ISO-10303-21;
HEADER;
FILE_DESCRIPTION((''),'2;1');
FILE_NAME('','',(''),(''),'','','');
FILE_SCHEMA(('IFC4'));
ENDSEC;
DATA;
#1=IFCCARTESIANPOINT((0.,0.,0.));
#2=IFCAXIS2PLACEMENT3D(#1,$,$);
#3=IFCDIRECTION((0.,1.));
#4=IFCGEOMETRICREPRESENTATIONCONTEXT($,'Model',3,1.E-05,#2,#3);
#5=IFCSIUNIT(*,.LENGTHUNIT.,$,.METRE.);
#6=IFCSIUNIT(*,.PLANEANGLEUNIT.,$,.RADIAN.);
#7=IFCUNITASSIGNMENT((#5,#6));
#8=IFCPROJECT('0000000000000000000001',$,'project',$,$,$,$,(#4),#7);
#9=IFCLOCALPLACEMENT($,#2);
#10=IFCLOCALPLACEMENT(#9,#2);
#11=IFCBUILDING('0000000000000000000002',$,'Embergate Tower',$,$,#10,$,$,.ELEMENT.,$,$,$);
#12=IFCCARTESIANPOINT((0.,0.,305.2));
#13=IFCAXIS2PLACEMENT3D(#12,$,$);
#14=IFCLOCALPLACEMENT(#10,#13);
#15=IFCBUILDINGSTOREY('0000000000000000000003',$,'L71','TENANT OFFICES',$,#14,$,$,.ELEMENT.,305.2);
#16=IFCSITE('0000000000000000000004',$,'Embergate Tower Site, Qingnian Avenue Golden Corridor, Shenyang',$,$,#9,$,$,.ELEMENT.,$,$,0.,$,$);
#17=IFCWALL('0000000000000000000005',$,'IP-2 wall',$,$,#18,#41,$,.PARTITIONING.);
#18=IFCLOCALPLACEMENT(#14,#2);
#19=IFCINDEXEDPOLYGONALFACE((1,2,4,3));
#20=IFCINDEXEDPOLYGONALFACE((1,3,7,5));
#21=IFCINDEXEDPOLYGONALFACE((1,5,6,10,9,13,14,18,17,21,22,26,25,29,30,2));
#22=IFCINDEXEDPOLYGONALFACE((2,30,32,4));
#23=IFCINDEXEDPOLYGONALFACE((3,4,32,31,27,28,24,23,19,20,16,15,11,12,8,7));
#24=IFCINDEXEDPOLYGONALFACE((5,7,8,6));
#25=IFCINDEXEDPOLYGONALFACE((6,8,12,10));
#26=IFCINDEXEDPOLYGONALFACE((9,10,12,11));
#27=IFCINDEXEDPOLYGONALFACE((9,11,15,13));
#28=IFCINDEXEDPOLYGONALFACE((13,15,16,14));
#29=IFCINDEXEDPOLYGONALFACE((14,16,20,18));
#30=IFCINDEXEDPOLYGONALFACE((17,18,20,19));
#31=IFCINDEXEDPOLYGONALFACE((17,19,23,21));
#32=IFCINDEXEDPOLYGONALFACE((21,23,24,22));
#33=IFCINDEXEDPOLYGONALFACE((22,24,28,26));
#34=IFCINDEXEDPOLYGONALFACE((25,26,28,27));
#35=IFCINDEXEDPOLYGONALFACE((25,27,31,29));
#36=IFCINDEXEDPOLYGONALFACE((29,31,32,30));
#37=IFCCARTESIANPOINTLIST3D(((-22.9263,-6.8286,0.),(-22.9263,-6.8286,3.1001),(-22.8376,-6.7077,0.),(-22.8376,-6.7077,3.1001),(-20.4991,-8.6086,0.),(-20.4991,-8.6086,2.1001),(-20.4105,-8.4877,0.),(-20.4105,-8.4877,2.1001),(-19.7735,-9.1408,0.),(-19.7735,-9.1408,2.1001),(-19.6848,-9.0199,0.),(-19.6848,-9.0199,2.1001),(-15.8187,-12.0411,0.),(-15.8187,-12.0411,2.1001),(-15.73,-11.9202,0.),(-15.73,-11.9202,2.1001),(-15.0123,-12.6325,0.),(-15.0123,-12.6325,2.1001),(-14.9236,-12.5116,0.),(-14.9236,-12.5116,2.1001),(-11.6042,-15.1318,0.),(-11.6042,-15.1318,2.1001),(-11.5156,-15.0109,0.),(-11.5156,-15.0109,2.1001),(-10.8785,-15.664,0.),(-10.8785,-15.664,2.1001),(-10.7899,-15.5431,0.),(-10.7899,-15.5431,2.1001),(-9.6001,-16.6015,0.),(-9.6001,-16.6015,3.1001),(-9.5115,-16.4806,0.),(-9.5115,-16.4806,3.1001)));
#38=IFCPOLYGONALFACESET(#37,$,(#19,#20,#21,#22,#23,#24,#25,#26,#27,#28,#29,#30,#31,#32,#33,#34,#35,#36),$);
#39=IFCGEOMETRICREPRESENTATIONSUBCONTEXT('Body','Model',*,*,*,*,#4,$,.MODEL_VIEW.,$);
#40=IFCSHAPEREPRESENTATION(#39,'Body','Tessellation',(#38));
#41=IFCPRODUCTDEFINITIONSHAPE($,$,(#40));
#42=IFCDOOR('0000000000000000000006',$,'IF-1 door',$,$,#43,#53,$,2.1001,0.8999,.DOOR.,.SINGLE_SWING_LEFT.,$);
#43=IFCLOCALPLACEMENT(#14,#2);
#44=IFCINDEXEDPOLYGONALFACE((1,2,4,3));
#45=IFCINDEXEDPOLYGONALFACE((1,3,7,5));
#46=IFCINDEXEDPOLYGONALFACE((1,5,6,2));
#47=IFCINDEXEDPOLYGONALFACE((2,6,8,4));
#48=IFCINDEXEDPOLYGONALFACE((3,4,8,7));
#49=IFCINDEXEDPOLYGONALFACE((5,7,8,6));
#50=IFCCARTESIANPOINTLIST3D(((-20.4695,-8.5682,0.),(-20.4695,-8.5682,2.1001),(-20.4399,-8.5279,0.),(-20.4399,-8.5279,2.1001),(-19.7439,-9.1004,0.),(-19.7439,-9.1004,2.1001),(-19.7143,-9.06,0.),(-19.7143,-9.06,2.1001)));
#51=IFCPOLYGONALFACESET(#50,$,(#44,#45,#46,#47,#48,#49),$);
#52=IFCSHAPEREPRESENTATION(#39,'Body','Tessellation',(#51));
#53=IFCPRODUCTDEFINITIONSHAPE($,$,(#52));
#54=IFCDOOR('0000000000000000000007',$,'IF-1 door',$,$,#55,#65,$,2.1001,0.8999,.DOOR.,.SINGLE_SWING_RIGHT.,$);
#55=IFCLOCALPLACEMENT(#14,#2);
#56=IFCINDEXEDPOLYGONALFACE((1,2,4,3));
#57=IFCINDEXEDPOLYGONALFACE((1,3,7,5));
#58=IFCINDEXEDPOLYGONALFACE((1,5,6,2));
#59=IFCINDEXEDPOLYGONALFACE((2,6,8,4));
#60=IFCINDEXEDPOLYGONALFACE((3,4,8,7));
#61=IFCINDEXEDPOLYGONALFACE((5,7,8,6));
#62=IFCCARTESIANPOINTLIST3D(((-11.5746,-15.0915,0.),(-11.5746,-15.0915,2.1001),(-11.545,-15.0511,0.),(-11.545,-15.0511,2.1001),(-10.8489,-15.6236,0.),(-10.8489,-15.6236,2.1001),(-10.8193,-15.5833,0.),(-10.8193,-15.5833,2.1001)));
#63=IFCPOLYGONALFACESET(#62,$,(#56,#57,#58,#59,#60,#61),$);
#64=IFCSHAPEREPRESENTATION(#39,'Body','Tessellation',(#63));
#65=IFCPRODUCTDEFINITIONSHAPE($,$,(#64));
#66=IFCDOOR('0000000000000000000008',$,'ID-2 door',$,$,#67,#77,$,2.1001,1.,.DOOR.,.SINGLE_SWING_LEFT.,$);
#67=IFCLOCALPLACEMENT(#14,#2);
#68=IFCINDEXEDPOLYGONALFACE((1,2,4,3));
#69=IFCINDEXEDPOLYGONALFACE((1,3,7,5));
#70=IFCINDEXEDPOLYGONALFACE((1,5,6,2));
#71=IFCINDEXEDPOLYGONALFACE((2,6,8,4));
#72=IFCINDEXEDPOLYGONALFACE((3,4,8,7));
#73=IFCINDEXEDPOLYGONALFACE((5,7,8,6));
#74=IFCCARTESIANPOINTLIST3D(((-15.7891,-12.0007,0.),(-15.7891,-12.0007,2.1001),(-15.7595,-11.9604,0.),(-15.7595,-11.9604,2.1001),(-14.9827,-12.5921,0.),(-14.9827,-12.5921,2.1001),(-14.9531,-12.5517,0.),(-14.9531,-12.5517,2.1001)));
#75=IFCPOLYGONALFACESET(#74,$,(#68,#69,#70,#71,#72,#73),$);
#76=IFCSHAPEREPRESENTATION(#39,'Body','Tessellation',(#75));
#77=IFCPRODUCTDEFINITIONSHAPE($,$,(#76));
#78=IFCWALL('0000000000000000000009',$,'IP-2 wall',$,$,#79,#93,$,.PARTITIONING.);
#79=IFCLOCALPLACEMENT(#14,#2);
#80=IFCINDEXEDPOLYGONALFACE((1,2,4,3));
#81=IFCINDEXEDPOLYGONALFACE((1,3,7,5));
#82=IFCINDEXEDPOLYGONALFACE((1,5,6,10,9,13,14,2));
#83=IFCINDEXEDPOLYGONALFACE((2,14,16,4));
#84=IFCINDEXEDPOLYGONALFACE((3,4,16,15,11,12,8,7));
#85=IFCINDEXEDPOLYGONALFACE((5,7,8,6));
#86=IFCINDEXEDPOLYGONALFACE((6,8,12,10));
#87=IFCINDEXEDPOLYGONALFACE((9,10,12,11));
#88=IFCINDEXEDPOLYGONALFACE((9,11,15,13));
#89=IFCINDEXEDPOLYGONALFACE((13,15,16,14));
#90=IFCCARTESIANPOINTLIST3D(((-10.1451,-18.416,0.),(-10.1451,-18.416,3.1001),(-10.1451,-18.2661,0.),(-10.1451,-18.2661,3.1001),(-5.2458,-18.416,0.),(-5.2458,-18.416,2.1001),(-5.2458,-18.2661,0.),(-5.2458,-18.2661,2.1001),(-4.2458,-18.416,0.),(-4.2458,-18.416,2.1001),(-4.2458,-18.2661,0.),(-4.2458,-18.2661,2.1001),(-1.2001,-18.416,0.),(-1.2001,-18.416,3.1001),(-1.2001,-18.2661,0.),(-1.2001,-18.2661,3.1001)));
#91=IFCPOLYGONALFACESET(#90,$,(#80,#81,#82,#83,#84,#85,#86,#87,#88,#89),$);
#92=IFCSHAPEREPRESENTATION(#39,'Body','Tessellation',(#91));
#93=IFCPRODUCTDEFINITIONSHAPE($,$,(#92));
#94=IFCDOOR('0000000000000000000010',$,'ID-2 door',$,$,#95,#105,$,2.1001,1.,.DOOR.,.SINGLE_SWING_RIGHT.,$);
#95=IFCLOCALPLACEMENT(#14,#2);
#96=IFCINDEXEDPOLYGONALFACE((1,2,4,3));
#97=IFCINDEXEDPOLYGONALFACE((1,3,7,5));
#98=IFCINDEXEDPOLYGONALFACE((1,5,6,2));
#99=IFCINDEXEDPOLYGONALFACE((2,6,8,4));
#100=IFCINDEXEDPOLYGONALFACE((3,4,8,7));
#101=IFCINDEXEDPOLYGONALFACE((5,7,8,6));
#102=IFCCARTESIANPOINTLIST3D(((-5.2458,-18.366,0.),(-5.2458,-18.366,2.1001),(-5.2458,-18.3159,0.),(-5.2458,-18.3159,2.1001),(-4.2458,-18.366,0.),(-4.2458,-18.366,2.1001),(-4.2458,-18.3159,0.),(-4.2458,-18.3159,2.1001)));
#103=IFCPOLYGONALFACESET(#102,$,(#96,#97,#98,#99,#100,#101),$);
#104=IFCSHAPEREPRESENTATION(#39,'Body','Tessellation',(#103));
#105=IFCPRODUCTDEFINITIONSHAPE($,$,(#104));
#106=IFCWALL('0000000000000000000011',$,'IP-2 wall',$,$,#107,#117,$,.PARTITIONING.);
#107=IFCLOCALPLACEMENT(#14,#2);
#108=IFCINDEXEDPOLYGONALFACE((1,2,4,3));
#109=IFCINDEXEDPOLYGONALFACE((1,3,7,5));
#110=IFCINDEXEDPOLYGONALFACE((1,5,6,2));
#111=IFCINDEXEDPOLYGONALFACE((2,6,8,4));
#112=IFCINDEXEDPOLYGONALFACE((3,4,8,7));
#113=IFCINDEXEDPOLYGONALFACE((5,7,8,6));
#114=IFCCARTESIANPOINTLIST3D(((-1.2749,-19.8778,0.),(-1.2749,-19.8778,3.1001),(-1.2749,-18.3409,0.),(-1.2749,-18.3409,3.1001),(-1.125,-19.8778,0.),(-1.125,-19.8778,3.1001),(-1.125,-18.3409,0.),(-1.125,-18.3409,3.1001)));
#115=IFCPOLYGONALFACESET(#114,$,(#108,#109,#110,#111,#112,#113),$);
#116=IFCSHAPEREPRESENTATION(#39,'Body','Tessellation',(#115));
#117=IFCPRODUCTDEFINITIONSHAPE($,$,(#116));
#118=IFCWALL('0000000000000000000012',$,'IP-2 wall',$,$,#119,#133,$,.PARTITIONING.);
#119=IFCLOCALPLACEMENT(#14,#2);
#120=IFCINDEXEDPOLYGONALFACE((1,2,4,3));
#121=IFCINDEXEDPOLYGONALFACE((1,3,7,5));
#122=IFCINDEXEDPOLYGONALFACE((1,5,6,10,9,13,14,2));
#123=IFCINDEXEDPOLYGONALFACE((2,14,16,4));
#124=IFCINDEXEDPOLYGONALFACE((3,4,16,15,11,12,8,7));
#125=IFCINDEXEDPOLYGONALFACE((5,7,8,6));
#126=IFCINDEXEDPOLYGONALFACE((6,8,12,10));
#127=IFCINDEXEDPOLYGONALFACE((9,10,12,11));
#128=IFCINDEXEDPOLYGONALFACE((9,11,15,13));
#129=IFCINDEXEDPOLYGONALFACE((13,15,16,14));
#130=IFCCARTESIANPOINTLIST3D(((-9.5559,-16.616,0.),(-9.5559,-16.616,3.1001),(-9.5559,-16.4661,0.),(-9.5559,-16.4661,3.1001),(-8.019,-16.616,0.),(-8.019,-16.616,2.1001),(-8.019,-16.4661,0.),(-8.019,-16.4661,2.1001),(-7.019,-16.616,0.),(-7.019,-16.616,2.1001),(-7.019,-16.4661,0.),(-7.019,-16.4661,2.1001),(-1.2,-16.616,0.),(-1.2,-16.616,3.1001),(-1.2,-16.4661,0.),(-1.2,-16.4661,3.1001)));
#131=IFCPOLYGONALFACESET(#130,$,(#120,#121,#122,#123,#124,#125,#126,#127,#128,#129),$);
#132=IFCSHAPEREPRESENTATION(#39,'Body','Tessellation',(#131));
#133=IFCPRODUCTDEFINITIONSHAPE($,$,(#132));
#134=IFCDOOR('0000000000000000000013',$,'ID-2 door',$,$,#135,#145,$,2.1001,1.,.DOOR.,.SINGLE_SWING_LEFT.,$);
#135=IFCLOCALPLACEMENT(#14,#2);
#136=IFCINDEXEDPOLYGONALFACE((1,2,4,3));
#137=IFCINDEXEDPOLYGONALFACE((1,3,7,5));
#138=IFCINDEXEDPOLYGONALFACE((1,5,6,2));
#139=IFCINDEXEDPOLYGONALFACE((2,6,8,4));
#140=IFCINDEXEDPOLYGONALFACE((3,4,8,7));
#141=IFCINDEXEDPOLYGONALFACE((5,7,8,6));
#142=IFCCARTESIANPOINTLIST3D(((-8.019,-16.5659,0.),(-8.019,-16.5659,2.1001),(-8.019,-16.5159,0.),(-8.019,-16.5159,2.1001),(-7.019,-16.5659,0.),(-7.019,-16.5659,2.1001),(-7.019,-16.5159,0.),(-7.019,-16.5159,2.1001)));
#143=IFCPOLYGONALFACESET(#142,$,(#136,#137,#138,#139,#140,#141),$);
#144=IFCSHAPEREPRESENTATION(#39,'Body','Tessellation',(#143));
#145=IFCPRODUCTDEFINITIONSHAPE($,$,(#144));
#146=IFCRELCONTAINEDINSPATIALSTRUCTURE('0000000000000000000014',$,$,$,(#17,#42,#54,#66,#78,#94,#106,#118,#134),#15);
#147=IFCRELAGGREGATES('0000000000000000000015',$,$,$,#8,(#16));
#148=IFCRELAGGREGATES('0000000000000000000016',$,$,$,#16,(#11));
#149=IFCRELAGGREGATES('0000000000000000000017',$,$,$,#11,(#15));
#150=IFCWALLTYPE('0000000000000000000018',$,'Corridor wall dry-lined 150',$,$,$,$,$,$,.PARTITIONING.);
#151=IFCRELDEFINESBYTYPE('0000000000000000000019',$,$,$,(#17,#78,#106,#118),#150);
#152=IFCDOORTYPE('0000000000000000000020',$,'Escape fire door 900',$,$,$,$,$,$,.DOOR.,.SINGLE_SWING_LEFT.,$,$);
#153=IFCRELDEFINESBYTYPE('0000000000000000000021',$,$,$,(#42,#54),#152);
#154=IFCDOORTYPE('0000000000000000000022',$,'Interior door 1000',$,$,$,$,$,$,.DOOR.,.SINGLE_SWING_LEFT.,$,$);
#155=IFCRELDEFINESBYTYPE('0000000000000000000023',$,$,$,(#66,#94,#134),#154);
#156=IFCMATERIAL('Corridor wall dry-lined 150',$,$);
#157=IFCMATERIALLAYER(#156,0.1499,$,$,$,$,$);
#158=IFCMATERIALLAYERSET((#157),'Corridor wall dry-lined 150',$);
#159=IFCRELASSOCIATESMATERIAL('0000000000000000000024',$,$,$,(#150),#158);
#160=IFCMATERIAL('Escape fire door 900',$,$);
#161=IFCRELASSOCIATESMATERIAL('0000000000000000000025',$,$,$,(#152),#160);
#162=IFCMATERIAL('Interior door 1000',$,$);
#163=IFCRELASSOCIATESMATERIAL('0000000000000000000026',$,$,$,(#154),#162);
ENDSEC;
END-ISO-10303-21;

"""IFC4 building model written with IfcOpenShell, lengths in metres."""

from ifc_helpers import new_model, si_unit, direction, frame, frame_2d, origin, place, context, subcontext, project, spatial, rectangle, extrude, source, transform, mapped, material, layer, layer_set, type_object, element, fill, save


model = new_model("IFC4")

# Units and contexts
model_context = context("Model", 3, precision=1e-05, world=origin(), true_north=direction((0.0, 1.0)))
body_context = subcontext(model_context, "Body", "Model", "MODEL_VIEW")
ifc_project = project(units=[si_unit("LENGTHUNIT", "METRE"), si_unit("PLANEANGLEUNIT", "RADIAN")], contexts=[model_context])

# Site, building, storey
site_placement = place(None, origin())
site = spatial("IfcSite", under=ifc_project, at=site_placement, Name="Embergate Tower Site, Qingnian Avenue Golden Corridor, Shenyang", CompositionType="ELEMENT", RefElevation=0.0)
building_placement = place(site_placement, origin())
building = spatial("IfcBuilding", under=site, at=building_placement, Name="Embergate Tower", CompositionType="ELEMENT")
storey_placement = place(building_placement, frame((0.0, 0.0, 305.2)))
storey = spatial("IfcBuildingStorey", under=building, at=storey_placement, Name="L71", Description="TENANT OFFICES", CompositionType="ELEMENT", Elevation=305.2)

# Wall, openings, doors
ifc_material_1 = material(Name="Corridor wall dry-lined 150")
ifc_layer_1 = layer(ifc_material_1, 0.1499)
ifc_layer_set_1 = layer_set([ifc_layer_1], Name="Corridor wall dry-lined 150")
wall_type_1 = type_object("IfcWallType", Name="Corridor wall dry-lined 150", PredefinedType="PARTITIONING", material=ifc_layer_set_1)
shared_shape_1 = source(origin(), body_context, "Body", "SweptSolid", [
    extrude(rectangle(XDim=0.8999, YDim=2.1001, at=frame_2d((0.45, 1.05))), frame((0.0, 0.085, 0.0), z_axis=(0.0, -1.0, 0.0), x_axis=(1.0, 0.0, 0.0)), (0.0, 0.0, 1.0), 0.1699),
])
shared_shape_2 = source(origin(), body_context, "Body", "SweptSolid", [
    extrude(rectangle(XDim=1.0, YDim=2.1001, at=frame_2d((0.5, 1.05))), frame((0.0, 0.085, 0.0), z_axis=(0.0, -1.0, 0.0), x_axis=(1.0, 0.0, 0.0)), (0.0, 0.0, 1.0), 0.1699),
])
ifc_material_2 = material(Name="Escape fire door 900")
door_type_1 = type_object("IfcDoorType", Name="Escape fire door 900", OperationType="SINGLE_SWING_LEFT", PredefinedType="DOOR", material=ifc_material_2)
shared_shape_3 = source(origin(), body_context, "Body", "SweptSolid", [
    extrude(rectangle(XDim=0.8999, YDim=2.1001, at=frame_2d((0.45, 1.05))), frame((0.0, 0.0249, 0.0), z_axis=(0.0, -1.0, 0.0), x_axis=(1.0, 0.0, 0.0)), (0.0, 0.0, 1.0), 0.05),
])
ifc_material_3 = material(Name="Interior door 1000")
door_type_2 = type_object("IfcDoorType", Name="Interior door 1000", OperationType="SINGLE_SWING_LEFT", PredefinedType="DOOR", material=ifc_material_3)
shared_shape_4 = source(origin(), body_context, "Body", "SweptSolid", [
    extrude(rectangle(XDim=1.0, YDim=2.1001, at=frame_2d((0.5, 1.05))), frame((0.0, 0.0249, 0.0), z_axis=(0.0, -1.0, 0.0), x_axis=(1.0, 0.0, 0.0)), (0.0, 0.0, 1.0), 0.05),
])
shared_shape_5 = source(origin(), body_context, "Body", "SweptSolid", [
    extrude(rectangle(XDim=16.5256, YDim=0.1499, at=frame_2d((8.2627, 0.0))), origin(), (0.0, 0.0, 1.0), 3.1001),
])
wall_1_placement = place(storey_placement, frame((-9.5559, -16.541, 0.0), z_axis=(0.0, 0.0, 1.0), x_axis=(-0.806393, 0.59138, 0.0)))
wall_1 = element("IfcWall", 1, at=wall_1_placement, inside=storey, type_object=wall_type_1, Name="IP-2 wall", PredefinedType="PARTITIONING", context=body_context, shape_type="MappedRepresentation", body=[
    mapped(shared_shape_5, transform((0.0, 0.0, 0.0))),
])
opening_1_placement = place(wall_1_placement, frame((12.6157, 0.0, 0.0)))
opening_1 = element("IfcOpeningElement", 2, at=opening_1_placement, cuts=wall_1, PredefinedType="OPENING", context=body_context, shape_type="MappedRepresentation", body=[
    mapped(shared_shape_1, transform((0.0, 0.0, 0.0))),
])
opening_2_placement = place(wall_1_placement, frame((6.7114, 0.0, 0.0)))
opening_2 = element("IfcOpeningElement", 3, at=opening_2_placement, cuts=wall_1, PredefinedType="OPENING", context=body_context, shape_type="MappedRepresentation", body=[
    mapped(shared_shape_2, transform((0.0, 0.0, 0.0))),
])
opening_3_placement = place(wall_1_placement, frame((1.5852, 0.0, 0.0)))
opening_3 = element("IfcOpeningElement", 4, at=opening_3_placement, cuts=wall_1, PredefinedType="OPENING", context=body_context, shape_type="MappedRepresentation", body=[
    mapped(shared_shape_1, transform((0.0, 0.0, 0.0))),
])
door_1_placement = place(opening_1_placement, origin())
door_1 = element("IfcDoor", 5, at=door_1_placement, inside=storey, type_object=door_type_1, Name="IF-1 door", OperationType="SINGLE_SWING_LEFT", OverallHeight=2.1001, OverallWidth=0.8999, PredefinedType="DOOR", context=body_context, shape_type="MappedRepresentation", body=[
    mapped(shared_shape_3, transform((0.0, 0.0, 0.0))),
])
fill(opening_1, door_1)
door_2_placement = place(opening_3_placement, origin())
door_2 = element("IfcDoor", 6, at=door_2_placement, inside=storey, type_object=door_type_1, Name="IF-1 door", OperationType="SINGLE_SWING_RIGHT", OverallHeight=2.1001, OverallWidth=0.8999, PredefinedType="DOOR", context=body_context, shape_type="MappedRepresentation", body=[
    mapped(shared_shape_3, transform((0.0, 0.0, 0.0))),
])
fill(opening_3, door_2)
door_3_placement = place(opening_2_placement, origin())
door_3 = element("IfcDoor", 7, at=door_3_placement, inside=storey, type_object=door_type_2, Name="ID-2 door", OperationType="SINGLE_SWING_LEFT", OverallHeight=2.1001, OverallWidth=1.0, PredefinedType="DOOR", context=body_context, shape_type="MappedRepresentation", body=[
    mapped(shared_shape_4, transform((0.0, 0.0, 0.0))),
])
fill(opening_2, door_3)

# Wall, opening, door
shared_shape_6 = source(origin(), body_context, "Body", "SweptSolid", [
    extrude(rectangle(XDim=8.9451, YDim=0.1499, at=frame_2d((4.4727, 0.0))), origin(), (0.0, 0.0, 1.0), 3.1001),
])
wall_2_placement = place(storey_placement, frame((-1.2, -18.3411, 0.0), z_axis=(0.0, 0.0, 1.0), x_axis=(-1.0, 0.0, 0.0)))
wall_2 = element("IfcWall", 8, at=wall_2_placement, inside=storey, type_object=wall_type_1, Name="IP-2 wall", PredefinedType="PARTITIONING", context=body_context, shape_type="MappedRepresentation", body=[
    mapped(shared_shape_6, transform((0.0, 0.0, 0.0))),
])
opening_4_placement = place(wall_2_placement, frame((3.0459, 0.0, 0.0)))
opening_4 = element("IfcOpeningElement", 9, at=opening_4_placement, cuts=wall_2, PredefinedType="OPENING", context=body_context, shape_type="MappedRepresentation", body=[
    mapped(shared_shape_2, transform((0.0, 0.0, 0.0))),
])
door_4_placement = place(opening_4_placement, origin())
door_4 = element("IfcDoor", 10, at=door_4_placement, inside=storey, type_object=door_type_2, Name="ID-2 door", OperationType="SINGLE_SWING_RIGHT", OverallHeight=2.1001, OverallWidth=1.0, PredefinedType="DOOR", context=body_context, shape_type="MappedRepresentation", body=[
    mapped(shared_shape_4, transform((0.0, 0.0, 0.0))),
])
fill(opening_4, door_4)

# Wall
shared_shape_7 = source(origin(), body_context, "Body", "SweptSolid", [
    extrude(rectangle(XDim=1.5369, YDim=0.1499, at=frame_2d((0.7686, 0.0))), origin(), (0.0, 0.0, 1.0), 3.1001),
])
wall_3_placement = place(storey_placement, frame((-1.2, -19.8779, 0.0), z_axis=(0.0, 0.0, 1.0), x_axis=(0.0, 1.0, 0.0)))
element("IfcWall", 11, at=wall_3_placement, inside=storey, type_object=wall_type_1, Name="IP-2 wall", PredefinedType="PARTITIONING", context=body_context, shape_type="MappedRepresentation", body=[
    mapped(shared_shape_7, transform((0.0, 0.0, 0.0))),
])

# Wall, opening, door
shared_shape_8 = source(origin(), body_context, "Body", "SweptSolid", [
    extrude(rectangle(XDim=8.356, YDim=0.1499, at=frame_2d((4.178, 0.0))), origin(), (0.0, 0.0, 1.0), 3.1001),
])
wall_4_placement = place(storey_placement, frame((-1.2, -16.541, 0.0), z_axis=(0.0, 0.0, 1.0), x_axis=(-1.0, 0.0, 0.0)))
wall_4 = element("IfcWall", 12, at=wall_4_placement, inside=storey, type_object=wall_type_1, Name="IP-2 wall", PredefinedType="PARTITIONING", context=body_context, shape_type="MappedRepresentation", body=[
    mapped(shared_shape_8, transform((0.0, 0.0, 0.0))),
])
opening_5_placement = place(wall_4_placement, frame((5.8191, 0.0, 0.0)))
opening_5 = element("IfcOpeningElement", 13, at=opening_5_placement, cuts=wall_4, PredefinedType="OPENING", context=body_context, shape_type="MappedRepresentation", body=[
    mapped(shared_shape_2, transform((0.0, 0.0, 0.0))),
])
door_5_placement = place(opening_5_placement, origin())
door_5 = element("IfcDoor", 14, at=door_5_placement, inside=storey, type_object=door_type_2, Name="ID-2 door", OperationType="SINGLE_SWING_LEFT", OverallHeight=2.1001, OverallWidth=1.0, PredefinedType="DOOR", context=body_context, shape_type="MappedRepresentation", body=[
    mapped(shared_shape_4, transform((0.0, 0.0, 0.0))),
])
fill(opening_5, door_5)

save(model, "model.ifc")
